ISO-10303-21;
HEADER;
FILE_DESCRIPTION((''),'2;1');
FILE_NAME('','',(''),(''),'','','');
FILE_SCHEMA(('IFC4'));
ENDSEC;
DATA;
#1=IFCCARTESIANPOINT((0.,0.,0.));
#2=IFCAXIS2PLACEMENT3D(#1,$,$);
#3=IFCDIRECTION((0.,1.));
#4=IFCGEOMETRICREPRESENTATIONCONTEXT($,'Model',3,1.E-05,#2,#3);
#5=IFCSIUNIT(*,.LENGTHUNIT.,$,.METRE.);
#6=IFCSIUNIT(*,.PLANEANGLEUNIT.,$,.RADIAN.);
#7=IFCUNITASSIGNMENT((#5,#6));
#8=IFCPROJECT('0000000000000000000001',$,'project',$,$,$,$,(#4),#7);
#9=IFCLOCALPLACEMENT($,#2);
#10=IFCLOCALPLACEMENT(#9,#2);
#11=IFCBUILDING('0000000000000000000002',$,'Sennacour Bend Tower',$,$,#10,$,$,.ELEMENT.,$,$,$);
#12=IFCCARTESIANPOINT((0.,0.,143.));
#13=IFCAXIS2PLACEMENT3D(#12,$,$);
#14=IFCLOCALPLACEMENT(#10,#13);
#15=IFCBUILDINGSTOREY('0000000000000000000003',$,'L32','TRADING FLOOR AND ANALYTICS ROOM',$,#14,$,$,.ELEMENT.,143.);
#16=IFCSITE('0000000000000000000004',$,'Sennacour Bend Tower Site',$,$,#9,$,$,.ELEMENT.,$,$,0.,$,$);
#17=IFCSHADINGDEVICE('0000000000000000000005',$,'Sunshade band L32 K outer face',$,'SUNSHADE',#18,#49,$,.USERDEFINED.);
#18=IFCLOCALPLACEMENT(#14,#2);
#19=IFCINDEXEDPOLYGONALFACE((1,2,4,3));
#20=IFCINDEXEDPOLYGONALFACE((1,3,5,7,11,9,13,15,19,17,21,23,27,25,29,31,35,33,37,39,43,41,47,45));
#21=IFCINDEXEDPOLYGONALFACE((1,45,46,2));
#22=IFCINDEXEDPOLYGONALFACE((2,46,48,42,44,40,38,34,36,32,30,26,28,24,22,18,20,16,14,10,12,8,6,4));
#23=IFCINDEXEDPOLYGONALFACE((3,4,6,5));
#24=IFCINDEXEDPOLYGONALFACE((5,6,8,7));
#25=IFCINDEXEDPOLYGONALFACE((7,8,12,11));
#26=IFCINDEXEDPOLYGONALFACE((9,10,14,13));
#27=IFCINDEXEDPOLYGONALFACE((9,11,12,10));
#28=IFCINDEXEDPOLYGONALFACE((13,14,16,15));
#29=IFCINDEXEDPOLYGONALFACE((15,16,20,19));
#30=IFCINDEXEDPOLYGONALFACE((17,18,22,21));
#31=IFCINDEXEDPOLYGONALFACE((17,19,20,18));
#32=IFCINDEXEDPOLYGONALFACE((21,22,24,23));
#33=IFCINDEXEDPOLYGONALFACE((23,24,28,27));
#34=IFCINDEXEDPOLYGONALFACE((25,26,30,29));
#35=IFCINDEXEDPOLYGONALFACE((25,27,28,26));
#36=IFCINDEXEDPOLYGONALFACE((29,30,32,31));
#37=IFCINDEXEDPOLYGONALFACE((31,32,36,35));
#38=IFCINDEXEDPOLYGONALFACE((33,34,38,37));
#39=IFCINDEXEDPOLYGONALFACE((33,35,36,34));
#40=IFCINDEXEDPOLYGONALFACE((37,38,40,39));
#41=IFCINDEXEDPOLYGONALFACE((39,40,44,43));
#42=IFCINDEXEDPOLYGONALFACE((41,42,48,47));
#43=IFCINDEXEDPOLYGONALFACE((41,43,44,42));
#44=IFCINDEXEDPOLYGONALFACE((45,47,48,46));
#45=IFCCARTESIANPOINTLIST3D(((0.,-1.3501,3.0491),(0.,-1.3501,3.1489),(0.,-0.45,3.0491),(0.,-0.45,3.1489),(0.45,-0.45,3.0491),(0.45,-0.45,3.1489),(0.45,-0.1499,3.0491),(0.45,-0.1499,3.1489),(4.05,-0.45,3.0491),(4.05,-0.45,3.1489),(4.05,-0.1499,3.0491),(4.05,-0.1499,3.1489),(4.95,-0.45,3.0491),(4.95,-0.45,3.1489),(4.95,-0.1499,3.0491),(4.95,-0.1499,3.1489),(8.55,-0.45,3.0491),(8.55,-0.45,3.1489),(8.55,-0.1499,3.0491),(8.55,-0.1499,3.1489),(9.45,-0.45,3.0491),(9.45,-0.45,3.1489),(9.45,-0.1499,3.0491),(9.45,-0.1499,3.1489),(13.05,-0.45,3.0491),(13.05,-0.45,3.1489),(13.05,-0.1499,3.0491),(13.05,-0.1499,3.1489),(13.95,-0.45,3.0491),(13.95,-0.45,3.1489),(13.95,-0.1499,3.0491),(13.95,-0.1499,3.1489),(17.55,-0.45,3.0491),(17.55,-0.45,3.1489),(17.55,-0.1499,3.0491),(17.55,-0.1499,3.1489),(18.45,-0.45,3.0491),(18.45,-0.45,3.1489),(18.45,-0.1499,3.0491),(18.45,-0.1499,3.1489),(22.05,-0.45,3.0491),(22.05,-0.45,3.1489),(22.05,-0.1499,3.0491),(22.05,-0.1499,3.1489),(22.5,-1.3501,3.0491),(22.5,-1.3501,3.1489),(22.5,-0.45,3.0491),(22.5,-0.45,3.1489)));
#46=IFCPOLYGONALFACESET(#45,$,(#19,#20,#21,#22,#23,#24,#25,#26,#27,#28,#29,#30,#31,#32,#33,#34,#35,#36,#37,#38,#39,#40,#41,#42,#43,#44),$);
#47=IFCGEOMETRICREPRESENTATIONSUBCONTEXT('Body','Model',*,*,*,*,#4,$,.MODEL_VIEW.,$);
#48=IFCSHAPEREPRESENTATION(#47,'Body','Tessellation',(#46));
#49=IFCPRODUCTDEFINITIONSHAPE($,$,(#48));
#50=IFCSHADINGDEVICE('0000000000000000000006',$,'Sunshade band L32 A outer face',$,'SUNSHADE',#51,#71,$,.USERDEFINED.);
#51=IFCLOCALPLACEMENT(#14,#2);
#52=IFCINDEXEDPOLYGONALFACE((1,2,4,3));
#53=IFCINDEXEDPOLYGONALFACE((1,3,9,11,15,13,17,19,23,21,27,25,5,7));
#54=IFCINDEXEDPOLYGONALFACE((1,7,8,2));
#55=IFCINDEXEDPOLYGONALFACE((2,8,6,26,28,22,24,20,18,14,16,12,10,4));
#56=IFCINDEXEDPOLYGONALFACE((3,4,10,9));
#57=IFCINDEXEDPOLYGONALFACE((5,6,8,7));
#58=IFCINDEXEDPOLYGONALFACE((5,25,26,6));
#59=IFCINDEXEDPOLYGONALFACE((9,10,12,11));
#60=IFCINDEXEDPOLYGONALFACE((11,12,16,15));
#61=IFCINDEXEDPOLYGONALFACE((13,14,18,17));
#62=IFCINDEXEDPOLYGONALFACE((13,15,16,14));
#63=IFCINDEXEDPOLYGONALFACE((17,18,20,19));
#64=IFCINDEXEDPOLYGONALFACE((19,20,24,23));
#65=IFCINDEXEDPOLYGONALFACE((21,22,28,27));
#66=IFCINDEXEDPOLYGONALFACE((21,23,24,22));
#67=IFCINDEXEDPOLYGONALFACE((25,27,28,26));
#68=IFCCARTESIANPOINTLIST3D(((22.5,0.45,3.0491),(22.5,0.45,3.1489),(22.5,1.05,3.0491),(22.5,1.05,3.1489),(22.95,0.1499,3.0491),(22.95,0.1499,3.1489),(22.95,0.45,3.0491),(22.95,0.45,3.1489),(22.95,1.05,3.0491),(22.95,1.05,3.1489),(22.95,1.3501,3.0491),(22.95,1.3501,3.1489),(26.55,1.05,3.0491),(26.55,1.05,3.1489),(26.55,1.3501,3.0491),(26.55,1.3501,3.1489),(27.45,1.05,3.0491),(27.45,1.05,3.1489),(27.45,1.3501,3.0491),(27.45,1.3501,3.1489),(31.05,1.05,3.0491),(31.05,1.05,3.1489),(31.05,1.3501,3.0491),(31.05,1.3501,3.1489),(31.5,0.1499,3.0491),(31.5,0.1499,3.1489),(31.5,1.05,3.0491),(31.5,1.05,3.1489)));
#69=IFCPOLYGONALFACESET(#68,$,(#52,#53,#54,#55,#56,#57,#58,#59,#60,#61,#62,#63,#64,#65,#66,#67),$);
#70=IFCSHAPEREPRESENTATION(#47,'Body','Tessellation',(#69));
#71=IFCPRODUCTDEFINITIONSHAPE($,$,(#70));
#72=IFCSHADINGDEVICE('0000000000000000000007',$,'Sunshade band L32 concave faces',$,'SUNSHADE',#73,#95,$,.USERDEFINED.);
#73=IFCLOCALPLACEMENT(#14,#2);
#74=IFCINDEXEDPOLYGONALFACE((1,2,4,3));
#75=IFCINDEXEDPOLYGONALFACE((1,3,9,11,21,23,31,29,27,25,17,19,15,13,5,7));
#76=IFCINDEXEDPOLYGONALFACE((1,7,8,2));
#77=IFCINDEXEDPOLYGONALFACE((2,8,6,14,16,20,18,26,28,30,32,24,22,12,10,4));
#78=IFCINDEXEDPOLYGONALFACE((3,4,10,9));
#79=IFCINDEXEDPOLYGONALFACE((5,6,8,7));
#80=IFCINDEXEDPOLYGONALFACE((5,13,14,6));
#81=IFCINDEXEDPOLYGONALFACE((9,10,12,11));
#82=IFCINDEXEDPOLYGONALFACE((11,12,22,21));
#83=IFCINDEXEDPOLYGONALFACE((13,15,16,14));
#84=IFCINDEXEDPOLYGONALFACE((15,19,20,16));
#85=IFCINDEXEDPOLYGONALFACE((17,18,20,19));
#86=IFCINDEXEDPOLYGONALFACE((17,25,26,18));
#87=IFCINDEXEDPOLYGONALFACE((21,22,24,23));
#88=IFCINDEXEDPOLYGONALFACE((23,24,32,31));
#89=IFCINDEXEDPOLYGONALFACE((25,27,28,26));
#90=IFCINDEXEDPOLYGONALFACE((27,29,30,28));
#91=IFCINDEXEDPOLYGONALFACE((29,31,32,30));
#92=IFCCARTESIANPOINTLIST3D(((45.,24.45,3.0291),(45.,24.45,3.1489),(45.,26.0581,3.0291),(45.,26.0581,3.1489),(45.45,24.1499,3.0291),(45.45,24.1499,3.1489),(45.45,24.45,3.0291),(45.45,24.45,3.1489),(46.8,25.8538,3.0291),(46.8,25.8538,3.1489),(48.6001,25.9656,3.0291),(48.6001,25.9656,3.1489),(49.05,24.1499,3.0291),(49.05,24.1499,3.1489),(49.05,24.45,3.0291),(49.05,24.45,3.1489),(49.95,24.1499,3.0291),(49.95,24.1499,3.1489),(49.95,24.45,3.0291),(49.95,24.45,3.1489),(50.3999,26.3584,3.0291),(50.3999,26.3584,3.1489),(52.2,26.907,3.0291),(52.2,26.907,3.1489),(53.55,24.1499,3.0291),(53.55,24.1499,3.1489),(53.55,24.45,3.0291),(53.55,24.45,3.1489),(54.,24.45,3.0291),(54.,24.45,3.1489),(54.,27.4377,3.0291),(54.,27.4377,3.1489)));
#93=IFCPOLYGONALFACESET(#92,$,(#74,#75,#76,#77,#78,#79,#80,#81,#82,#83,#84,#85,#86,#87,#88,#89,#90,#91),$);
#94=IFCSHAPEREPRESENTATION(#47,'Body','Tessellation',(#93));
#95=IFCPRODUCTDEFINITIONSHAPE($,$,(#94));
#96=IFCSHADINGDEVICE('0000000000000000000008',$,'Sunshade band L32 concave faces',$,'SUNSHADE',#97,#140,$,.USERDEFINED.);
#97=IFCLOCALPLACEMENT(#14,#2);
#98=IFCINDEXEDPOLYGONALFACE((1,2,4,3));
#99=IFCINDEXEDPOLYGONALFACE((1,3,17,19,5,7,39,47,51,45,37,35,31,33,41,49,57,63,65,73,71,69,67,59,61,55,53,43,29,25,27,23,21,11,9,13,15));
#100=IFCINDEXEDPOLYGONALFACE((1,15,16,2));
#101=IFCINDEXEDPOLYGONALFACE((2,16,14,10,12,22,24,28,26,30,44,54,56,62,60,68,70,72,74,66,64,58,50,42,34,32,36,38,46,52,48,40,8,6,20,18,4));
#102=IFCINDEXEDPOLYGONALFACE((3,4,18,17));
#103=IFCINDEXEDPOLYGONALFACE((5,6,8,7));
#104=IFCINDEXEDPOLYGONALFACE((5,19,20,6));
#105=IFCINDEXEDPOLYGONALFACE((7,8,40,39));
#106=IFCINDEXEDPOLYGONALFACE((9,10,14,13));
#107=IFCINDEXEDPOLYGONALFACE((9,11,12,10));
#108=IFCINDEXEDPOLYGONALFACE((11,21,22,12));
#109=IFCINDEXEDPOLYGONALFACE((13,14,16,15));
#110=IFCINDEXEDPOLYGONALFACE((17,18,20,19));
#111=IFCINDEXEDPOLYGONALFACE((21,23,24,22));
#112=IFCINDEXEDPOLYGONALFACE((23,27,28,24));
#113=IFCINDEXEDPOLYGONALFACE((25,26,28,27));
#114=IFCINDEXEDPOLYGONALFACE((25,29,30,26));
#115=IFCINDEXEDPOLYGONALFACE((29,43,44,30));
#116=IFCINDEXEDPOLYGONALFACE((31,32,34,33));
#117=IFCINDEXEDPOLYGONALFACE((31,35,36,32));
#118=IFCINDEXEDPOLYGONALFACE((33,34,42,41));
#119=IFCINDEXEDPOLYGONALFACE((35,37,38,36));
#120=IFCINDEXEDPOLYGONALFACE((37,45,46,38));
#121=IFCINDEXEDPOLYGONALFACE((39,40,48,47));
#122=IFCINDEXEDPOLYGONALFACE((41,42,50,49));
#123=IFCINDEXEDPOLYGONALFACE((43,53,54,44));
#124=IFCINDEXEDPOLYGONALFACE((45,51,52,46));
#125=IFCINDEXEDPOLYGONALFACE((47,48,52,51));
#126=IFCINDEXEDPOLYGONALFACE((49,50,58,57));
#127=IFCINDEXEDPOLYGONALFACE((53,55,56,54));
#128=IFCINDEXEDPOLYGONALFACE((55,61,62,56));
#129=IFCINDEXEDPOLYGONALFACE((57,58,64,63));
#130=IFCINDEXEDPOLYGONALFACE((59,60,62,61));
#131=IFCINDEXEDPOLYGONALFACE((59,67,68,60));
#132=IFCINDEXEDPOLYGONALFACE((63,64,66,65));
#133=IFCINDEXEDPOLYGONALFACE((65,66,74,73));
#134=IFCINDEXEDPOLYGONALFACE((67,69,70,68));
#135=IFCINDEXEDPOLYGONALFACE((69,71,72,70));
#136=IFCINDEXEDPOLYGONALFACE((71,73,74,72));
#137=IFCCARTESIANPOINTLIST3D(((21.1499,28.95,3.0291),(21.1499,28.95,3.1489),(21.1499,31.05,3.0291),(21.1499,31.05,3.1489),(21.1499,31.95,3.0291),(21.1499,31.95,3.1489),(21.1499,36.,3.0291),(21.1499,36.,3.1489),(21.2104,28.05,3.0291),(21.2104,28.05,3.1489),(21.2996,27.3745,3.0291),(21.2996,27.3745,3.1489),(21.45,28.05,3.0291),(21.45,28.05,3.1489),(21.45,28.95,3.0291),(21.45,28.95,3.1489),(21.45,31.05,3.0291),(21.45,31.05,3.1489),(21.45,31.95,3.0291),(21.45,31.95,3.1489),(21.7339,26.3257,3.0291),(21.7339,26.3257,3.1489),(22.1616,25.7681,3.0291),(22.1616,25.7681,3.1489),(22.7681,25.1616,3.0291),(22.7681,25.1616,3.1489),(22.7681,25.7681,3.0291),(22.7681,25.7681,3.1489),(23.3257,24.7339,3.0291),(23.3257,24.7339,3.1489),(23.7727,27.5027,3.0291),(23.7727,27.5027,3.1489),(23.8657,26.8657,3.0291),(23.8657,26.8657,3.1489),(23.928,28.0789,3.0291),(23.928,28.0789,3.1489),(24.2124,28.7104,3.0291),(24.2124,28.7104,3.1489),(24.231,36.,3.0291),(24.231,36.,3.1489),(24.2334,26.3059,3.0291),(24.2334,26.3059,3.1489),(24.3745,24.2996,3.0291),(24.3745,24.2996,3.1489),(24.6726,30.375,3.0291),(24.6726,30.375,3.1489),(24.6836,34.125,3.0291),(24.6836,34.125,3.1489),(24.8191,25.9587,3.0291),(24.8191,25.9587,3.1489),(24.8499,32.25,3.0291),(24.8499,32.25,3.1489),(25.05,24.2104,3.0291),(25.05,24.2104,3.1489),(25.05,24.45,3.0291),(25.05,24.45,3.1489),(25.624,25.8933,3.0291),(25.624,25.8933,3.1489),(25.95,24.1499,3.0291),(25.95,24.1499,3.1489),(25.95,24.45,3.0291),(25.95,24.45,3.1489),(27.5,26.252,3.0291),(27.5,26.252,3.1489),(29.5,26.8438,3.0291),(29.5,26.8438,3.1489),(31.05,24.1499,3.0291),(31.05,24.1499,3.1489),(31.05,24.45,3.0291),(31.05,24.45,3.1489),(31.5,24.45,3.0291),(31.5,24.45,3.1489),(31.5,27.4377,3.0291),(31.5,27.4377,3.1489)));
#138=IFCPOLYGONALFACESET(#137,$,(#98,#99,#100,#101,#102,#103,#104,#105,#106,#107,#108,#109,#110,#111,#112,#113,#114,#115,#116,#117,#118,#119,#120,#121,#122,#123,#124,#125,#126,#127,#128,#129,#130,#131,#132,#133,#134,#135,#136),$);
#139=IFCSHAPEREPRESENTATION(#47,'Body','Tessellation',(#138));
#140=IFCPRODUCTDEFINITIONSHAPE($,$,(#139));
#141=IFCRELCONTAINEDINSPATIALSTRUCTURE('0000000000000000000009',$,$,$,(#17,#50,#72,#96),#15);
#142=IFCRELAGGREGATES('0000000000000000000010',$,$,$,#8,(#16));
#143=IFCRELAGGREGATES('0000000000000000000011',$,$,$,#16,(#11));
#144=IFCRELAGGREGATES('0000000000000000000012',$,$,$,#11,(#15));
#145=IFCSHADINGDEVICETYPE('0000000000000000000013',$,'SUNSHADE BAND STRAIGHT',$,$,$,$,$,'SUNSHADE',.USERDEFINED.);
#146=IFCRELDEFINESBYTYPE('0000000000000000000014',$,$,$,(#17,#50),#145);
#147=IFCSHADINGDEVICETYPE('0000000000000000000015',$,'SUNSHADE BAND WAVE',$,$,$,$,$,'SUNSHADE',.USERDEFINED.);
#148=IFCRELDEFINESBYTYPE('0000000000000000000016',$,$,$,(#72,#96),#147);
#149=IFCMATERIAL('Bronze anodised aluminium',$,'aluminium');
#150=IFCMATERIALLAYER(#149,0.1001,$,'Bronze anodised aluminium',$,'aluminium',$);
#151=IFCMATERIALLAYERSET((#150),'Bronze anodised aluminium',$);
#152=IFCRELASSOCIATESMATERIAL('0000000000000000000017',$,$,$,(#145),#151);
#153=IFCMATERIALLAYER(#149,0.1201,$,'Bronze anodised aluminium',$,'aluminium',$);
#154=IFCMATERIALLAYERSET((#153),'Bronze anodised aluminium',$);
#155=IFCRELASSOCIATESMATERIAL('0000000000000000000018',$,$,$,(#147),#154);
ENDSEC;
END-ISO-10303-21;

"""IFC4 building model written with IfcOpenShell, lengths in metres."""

from ifc_helpers import new_model, si_unit, direction, frame, origin, place, context, subcontext, project, spatial, polyline, outline, extrude, material, layer, layer_set, type_object, element, save


model = new_model("IFC4")

# Units and contexts
model_context = context("Model", 3, precision=1e-05, world=origin(), true_north=direction((0.0, 1.0)))
body_context = subcontext(model_context, "Body", "Model", "MODEL_VIEW")
ifc_project = project(units=[si_unit("LENGTHUNIT", "METRE"), si_unit("PLANEANGLEUNIT", "RADIAN")], contexts=[model_context])

# Site, building, storey
site_placement = place(None, origin())
site = spatial("IfcSite", under=ifc_project, at=site_placement, Name="Sennacour Bend Tower Site", CompositionType="ELEMENT", RefElevation=0.0)
building_placement = place(site_placement, origin())
building = spatial("IfcBuilding", under=site, at=building_placement, Name="Sennacour Bend Tower", CompositionType="ELEMENT")
storey_placement = place(building_placement, frame((0.0, 0.0, 143.0)))
storey = spatial("IfcBuildingStorey", under=building, at=storey_placement, Name="L32", Description="TRADING FLOOR AND ANALYTICS ROOM", CompositionType="ELEMENT", Elevation=143.0)

# Shading devices
ifc_material_1 = material(Name="Bronze anodised aluminium", Category="aluminium")
ifc_layer_1 = layer(ifc_material_1, 0.1001, Name="Bronze anodised aluminium", Category="aluminium")
ifc_layer_set_1 = layer_set([ifc_layer_1], Name="Bronze anodised aluminium")
shading_device_type_1 = type_object("IfcShadingDeviceType", Name="SUNSHADE BAND STRAIGHT", ElementType="SUNSHADE", PredefinedType="USERDEFINED", material=ifc_layer_set_1)
shading_device_1_placement = place(storey_placement, frame((0.0, 0.0, 3.0491)))
element("IfcShadingDevice", 1, at=shading_device_1_placement, inside=storey, type_object=shading_device_type_1, Name="Sunshade band L32 K outer face", ObjectType="SUNSHADE", PredefinedType="USERDEFINED", context=body_context, shape_type="SweptSolid", body=[
    extrude(outline(polyline([(4.05, -0.1499), (4.05, -0.45), (4.95, -0.45), (4.95, -0.1499), (8.55, -0.1499), (8.55, -0.45), (9.45, -0.45), (9.45, -0.1499), (13.05, -0.1499), (13.05, -0.45), (13.95, -0.45), (13.95, -0.1499), (17.55, -0.1499), (17.55, -0.45), (18.45, -0.45), (18.45, -0.1499), (22.05, -0.1499), (22.05, -0.45), (22.5, -0.45), (22.5, -1.3501), (0.0, -1.3501), (0.0, -0.45), (0.45, -0.45), (0.45, -0.1499), (4.05, -0.1499)])), origin(), (0.0, 0.0, 1.0), 0.0999),
])
shading_device_2_placement = place(storey_placement, frame((0.0, 0.0, 3.0491)))
element("IfcShadingDevice", 2, at=shading_device_2_placement, inside=storey, type_object=shading_device_type_1, Name="Sunshade band L32 A outer face", ObjectType="SUNSHADE", PredefinedType="USERDEFINED", context=body_context, shape_type="SweptSolid", body=[
    extrude(outline(polyline([(26.55, 1.3501), (26.55, 1.05), (27.45, 1.05), (27.45, 1.3501), (31.05, 1.3501), (31.05, 1.05), (31.5, 1.05), (31.5, 0.1499), (22.95, 0.1499), (22.95, 0.45), (22.5, 0.45), (22.5, 1.05), (22.95, 1.05), (22.95, 1.3501), (26.55, 1.3501)])), origin(), (0.0, 0.0, 1.0), 0.0999),
])
ifc_layer_2 = layer(ifc_material_1, 0.1201, Name="Bronze anodised aluminium", Category="aluminium")
ifc_layer_set_2 = layer_set([ifc_layer_2], Name="Bronze anodised aluminium")
shading_device_type_2 = type_object("IfcShadingDeviceType", Name="SUNSHADE BAND WAVE", ElementType="SUNSHADE", PredefinedType="USERDEFINED", material=ifc_layer_set_2)
shading_device_3_placement = place(storey_placement, frame((0.0, 0.0, 3.0291)))
element("IfcShadingDevice", 3, at=shading_device_3_placement, inside=storey, type_object=shading_device_type_2, Name="Sunshade band L32 concave faces", ObjectType="SUNSHADE", PredefinedType="USERDEFINED", context=body_context, shape_type="SweptSolid", body=[
    extrude(outline(polyline([(53.55, 24.1499), (49.95, 24.1499), (49.95, 24.45), (49.05, 24.45), (49.05, 24.1499), (45.45, 24.1499), (45.45, 24.45), (45.0, 24.45), (45.0, 26.0581), (46.8, 25.8538), (48.6001, 25.9656), (50.3999, 26.3584), (52.2, 26.907), (54.0, 27.4377), (54.0, 24.45), (53.55, 24.45), (53.55, 24.1499)])), origin(), (0.0, 0.0, 1.0), 0.1199),
])
shading_device_4_placement = place(storey_placement, frame((0.0, 0.0, 3.0291)))
element("IfcShadingDevice", 4, at=shading_device_4_placement, inside=storey, type_object=shading_device_type_2, Name="Sunshade band L32 concave faces", ObjectType="SUNSHADE", PredefinedType="USERDEFINED", context=body_context, shape_type="SweptSolid", body=[
    extrude(outline(polyline([(31.05, 24.1499), (25.95, 24.1499), (25.95, 24.45), (25.05, 24.45), (25.05, 24.2104), (24.3745, 24.2996), (23.3257, 24.7339), (22.7681, 25.1616), (22.7681, 25.7681), (22.1616, 25.7681), (21.7339, 26.3257), (21.2996, 27.3745), (21.2104, 28.05), (21.45, 28.05), (21.45, 28.95), (21.1499, 28.95), (21.1499, 31.05), (21.45, 31.05), (21.45, 31.95), (21.1499, 31.95), (21.1499, 36.0), (24.231, 36.0), (24.6836, 34.125), (24.8499, 32.25), (24.6726, 30.375), (24.2124, 28.7104), (23.928, 28.0789), (23.7727, 27.5027), (23.8657, 26.8657), (24.2334, 26.3059), (24.8191, 25.9587), (25.624, 25.8933), (27.5, 26.252), (29.5, 26.8438), (31.5, 27.4377), (31.5, 24.45), (31.05, 24.45), (31.05, 24.1499)])), origin(), (0.0, 0.0, 1.0), 0.1199),
])

save(model, "model.ifc")
